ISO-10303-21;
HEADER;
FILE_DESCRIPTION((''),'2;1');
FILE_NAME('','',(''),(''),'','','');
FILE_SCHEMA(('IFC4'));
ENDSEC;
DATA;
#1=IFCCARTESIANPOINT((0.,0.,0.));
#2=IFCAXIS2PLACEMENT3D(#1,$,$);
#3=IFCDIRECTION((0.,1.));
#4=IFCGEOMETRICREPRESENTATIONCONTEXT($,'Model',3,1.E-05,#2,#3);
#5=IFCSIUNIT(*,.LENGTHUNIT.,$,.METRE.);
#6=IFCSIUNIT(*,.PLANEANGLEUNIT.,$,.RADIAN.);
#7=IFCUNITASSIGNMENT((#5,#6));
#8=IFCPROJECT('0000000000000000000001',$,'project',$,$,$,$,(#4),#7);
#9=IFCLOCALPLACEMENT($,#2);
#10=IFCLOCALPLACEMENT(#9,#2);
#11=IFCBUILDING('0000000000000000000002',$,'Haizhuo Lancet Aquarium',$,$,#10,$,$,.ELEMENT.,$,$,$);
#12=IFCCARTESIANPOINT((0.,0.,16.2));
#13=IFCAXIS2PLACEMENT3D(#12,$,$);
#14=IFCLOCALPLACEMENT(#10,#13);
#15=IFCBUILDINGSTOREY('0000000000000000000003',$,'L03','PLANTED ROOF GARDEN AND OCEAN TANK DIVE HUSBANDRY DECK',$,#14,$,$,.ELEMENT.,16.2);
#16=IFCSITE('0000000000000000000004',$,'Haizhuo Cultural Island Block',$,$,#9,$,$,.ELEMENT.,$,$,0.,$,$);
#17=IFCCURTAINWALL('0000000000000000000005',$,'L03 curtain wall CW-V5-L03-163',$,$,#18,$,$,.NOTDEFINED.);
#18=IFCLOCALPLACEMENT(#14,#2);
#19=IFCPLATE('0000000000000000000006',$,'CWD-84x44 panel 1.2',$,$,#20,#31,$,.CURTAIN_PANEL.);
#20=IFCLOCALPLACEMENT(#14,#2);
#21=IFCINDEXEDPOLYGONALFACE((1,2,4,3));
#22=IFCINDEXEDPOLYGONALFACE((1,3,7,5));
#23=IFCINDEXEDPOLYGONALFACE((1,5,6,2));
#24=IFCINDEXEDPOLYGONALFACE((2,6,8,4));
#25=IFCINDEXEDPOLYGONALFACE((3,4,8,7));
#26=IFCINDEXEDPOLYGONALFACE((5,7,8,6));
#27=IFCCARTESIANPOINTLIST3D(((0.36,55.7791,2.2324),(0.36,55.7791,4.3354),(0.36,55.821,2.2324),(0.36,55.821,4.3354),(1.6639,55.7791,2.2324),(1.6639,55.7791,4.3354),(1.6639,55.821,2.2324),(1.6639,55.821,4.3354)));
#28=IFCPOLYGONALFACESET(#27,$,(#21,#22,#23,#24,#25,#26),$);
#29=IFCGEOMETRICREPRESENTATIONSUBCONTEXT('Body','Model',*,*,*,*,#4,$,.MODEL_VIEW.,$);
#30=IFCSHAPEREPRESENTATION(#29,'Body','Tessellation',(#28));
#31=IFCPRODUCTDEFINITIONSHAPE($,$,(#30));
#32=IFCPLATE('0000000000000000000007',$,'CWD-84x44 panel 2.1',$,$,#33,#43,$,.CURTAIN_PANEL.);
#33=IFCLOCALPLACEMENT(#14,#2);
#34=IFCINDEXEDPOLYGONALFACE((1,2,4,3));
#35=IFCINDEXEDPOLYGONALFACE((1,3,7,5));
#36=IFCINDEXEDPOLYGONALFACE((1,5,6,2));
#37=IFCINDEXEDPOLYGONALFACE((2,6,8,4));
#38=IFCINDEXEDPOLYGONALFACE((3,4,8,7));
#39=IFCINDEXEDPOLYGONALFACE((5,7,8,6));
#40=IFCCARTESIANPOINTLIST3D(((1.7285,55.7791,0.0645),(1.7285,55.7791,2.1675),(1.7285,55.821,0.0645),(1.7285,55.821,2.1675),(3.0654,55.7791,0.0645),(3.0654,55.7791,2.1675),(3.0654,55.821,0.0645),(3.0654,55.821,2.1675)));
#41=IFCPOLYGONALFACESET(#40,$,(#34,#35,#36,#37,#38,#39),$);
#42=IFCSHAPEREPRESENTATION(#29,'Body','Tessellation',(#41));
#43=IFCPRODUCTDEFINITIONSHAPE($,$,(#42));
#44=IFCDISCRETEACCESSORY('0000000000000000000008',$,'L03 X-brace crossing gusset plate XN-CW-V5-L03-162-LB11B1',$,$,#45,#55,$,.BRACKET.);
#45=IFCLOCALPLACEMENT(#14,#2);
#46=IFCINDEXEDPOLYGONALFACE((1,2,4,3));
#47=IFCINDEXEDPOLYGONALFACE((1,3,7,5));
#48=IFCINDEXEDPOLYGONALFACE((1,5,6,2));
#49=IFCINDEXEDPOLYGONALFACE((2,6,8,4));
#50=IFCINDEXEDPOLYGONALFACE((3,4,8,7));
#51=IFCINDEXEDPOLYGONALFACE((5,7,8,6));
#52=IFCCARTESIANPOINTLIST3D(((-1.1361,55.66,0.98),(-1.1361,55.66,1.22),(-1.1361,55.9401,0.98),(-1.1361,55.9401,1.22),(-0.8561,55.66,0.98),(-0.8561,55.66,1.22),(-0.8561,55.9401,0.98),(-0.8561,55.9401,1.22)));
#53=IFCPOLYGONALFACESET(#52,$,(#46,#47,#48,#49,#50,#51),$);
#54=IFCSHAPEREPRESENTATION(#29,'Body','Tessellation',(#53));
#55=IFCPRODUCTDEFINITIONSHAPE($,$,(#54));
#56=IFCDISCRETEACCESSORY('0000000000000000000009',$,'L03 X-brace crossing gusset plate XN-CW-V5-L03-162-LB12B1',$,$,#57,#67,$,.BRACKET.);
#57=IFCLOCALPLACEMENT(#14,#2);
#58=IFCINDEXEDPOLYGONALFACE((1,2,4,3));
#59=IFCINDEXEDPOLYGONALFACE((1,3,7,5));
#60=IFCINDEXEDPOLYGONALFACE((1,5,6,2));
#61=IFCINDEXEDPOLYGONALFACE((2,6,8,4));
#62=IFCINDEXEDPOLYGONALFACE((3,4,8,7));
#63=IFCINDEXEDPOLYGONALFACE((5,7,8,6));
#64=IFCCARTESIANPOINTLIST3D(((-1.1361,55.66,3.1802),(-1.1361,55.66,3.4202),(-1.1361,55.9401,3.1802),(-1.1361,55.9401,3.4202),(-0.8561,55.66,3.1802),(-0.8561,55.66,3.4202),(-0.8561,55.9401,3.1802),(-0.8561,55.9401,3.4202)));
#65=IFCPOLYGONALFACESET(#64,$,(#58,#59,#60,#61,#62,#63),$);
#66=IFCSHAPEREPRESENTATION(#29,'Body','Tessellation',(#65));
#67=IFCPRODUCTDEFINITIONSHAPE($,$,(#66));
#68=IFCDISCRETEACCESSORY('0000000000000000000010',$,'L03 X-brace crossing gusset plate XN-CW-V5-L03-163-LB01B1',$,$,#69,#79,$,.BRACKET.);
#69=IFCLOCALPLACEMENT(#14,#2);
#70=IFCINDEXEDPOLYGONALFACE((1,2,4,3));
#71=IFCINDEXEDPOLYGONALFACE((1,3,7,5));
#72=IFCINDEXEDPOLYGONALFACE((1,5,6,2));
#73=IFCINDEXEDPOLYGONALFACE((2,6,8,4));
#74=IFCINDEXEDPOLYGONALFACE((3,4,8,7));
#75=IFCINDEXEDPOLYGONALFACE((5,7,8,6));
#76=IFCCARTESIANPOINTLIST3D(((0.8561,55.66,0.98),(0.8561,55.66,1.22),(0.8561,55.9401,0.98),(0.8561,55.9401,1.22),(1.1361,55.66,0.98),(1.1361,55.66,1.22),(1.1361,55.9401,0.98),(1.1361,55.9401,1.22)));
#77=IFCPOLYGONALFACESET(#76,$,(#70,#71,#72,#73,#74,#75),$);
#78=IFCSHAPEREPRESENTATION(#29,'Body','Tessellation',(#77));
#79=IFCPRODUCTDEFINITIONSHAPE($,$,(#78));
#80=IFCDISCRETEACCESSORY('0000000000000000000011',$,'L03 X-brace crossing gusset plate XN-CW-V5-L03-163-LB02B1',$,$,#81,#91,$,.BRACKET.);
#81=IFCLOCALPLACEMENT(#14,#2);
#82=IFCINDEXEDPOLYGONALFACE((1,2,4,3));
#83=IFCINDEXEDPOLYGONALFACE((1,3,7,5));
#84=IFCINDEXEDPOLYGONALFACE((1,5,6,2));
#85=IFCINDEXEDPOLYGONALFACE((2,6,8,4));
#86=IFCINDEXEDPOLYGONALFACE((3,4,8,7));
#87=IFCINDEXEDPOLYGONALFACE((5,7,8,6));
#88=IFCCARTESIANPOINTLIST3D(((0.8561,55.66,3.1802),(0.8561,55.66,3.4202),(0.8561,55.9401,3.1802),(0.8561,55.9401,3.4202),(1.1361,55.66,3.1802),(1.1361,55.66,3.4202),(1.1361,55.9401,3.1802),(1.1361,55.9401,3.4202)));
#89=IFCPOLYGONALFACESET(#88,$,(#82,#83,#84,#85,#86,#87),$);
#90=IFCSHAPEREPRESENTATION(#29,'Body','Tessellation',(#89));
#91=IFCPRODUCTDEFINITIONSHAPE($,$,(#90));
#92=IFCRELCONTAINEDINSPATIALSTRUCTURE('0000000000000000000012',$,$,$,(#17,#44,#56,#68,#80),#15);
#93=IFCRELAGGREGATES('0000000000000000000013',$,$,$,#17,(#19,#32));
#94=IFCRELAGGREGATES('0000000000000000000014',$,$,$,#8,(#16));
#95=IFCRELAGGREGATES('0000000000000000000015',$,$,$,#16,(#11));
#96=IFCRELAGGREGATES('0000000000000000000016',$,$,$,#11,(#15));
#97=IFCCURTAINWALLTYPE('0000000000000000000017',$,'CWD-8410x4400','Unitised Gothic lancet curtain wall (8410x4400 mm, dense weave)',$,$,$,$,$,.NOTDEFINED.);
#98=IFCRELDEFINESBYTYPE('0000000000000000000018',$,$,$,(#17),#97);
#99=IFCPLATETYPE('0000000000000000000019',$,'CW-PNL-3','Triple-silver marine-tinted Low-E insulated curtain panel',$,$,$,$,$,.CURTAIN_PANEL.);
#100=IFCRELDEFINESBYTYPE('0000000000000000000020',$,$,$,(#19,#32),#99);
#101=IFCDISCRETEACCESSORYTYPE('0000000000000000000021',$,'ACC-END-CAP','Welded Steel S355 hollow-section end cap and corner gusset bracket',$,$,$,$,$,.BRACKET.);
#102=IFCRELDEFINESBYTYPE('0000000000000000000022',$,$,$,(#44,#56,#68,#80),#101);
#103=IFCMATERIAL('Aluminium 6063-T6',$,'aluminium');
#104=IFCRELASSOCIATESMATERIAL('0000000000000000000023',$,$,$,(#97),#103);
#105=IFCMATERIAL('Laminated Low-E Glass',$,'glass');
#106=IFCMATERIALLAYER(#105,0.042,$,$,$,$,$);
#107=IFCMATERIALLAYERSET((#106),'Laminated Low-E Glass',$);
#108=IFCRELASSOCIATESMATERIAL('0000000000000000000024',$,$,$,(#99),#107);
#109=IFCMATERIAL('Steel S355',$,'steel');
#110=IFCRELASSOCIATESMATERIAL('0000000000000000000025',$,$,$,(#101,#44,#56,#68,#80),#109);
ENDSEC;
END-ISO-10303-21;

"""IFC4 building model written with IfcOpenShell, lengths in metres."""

from ifc_helpers import new_model, si_unit, direction, frame, origin, origin_2d, place, context, subcontext, project, spatial, rectangle, extrude, material, layer, layer_set, type_object, element, aggregate, save


model = new_model("IFC4")

# Units and contexts
model_context = context("Model", 3, precision=1e-05, world=origin(), true_north=direction((0.0, 1.0)))
body_context = subcontext(model_context, "Body", "Model", "MODEL_VIEW")
ifc_project = project(units=[si_unit("LENGTHUNIT", "METRE"), si_unit("PLANEANGLEUNIT", "RADIAN")], contexts=[model_context])

# Site, building, storey
site_placement = place(None, origin())
site = spatial("IfcSite", under=ifc_project, at=site_placement, Name="Haizhuo Cultural Island Block", CompositionType="ELEMENT", RefElevation=0.0)
building_placement = place(site_placement, origin())
building = spatial("IfcBuilding", under=site, at=building_placement, Name="Haizhuo Lancet Aquarium", CompositionType="ELEMENT")
storey_placement = place(building_placement, frame((0.0, 0.0, 16.2)))
storey = spatial("IfcBuildingStorey", under=building, at=storey_placement, Name="L03", Description="PLANTED ROOF GARDEN AND OCEAN TANK DIVE HUSBANDRY DECK", CompositionType="ELEMENT", Elevation=16.2)

# Curtain wall
ifc_material_1 = material(Name="Aluminium 6063-T6", Category="aluminium")
curtain_wall_type = type_object("IfcCurtainWallType", Name="CWD-8410x4400", Description="Unitised Gothic lancet curtain wall (8410x4400 mm, dense weave)", PredefinedType="NOTDEFINED", material=ifc_material_1)
curtain_wall_1_placement = place(storey_placement, origin())
curtain_wall_1 = element("IfcCurtainWall", 1, at=curtain_wall_1_placement, inside=storey, type_object=curtain_wall_type, Name="L03 curtain wall CW-V5-L03-163", PredefinedType="NOTDEFINED")

# Shared definitions
ifc_material_2 = material(Name="Steel S355", Category="steel")

# Plates
ifc_material_3 = material(Name="Laminated Low-E Glass", Category="glass")
ifc_layer = layer(ifc_material_3, 0.042)
ifc_layer_set = layer_set([ifc_layer], Name="Laminated Low-E Glass")
plate_type = type_object("IfcPlateType", Name="CW-PNL-3", Description="Triple-silver marine-tinted Low-E insulated curtain panel", PredefinedType="CURTAIN_PANEL", material=ifc_layer_set)
plate_1_placement = place(storey_placement, frame((1.012, 55.8, 2.2324), z_axis=(0.0, 0.0, 1.0), x_axis=(1.0, 0.0, 0.0)))
plate_1 = element("IfcPlate", 2, at=plate_1_placement, type_object=plate_type, Name="CWD-84x44 panel 1.2", PredefinedType="CURTAIN_PANEL", context=body_context, shape_type="SweptSolid", body=[
    extrude(rectangle(XDim=1.304, YDim=0.042, at=origin_2d()), origin(), (0.0, 0.0, 1.0), 2.103),
])
plate_2_placement = place(storey_placement, frame((2.397, 55.8, 0.0645), z_axis=(0.0, 0.0, 1.0), x_axis=(1.0, 0.0, 0.0)))
plate_2 = element("IfcPlate", 3, at=plate_2_placement, type_object=plate_type, Name="CWD-84x44 panel 2.1", PredefinedType="CURTAIN_PANEL", context=body_context, shape_type="SweptSolid", body=[
    extrude(rectangle(XDim=1.3369, YDim=0.042, at=origin_2d()), origin(), (0.0, 0.0, 1.0), 2.103),
])
aggregate(curtain_wall_1, [plate_1, plate_2])

# Discrete accessories
discrete_accessory_type = type_object("IfcDiscreteAccessoryType", Name="ACC-END-CAP", Description="Welded Steel S355 hollow-section end cap and corner gusset bracket", PredefinedType="BRACKET", material=ifc_material_2)
for number, where, z_axis, x_axis, name in (
    (4, (-0.9961, 55.8, 0.98), (0.0, 0.0, 1.0), (1.0, 0.0, 0.0), "L03 X-brace crossing gusset plate XN-CW-V5-L03-162-LB11B1"),
    (5, (-0.9961, 55.8, 3.1802), (0.0, 0.0, 1.0), (1.0, 0.0, 0.0), "L03 X-brace crossing gusset plate XN-CW-V5-L03-162-LB12B1"),
    (6, (0.9961, 55.8, 0.98), (0.0, 0.0, 1.0), (1.0, 0.0, 0.0), "L03 X-brace crossing gusset plate XN-CW-V5-L03-163-LB01B1"),
    (7, (0.9961, 55.8, 3.1802), (0.0, 0.0, 1.0), (1.0, 0.0, 0.0), "L03 X-brace crossing gusset plate XN-CW-V5-L03-163-LB02B1"),
):
    element("IfcDiscreteAccessory", number, at=place(storey_placement, frame(where, z_axis=z_axis, x_axis=x_axis)), inside=storey, type_object=discrete_accessory_type, material=ifc_material_2, Name=name, PredefinedType="BRACKET", context=body_context, shape_type="SweptSolid", body=[
        extrude(rectangle(XDim=0.28, YDim=0.28, at=origin_2d()), origin(), (0.0, 0.0, 1.0), 0.24),
    ])

save(model, "model.ifc")
